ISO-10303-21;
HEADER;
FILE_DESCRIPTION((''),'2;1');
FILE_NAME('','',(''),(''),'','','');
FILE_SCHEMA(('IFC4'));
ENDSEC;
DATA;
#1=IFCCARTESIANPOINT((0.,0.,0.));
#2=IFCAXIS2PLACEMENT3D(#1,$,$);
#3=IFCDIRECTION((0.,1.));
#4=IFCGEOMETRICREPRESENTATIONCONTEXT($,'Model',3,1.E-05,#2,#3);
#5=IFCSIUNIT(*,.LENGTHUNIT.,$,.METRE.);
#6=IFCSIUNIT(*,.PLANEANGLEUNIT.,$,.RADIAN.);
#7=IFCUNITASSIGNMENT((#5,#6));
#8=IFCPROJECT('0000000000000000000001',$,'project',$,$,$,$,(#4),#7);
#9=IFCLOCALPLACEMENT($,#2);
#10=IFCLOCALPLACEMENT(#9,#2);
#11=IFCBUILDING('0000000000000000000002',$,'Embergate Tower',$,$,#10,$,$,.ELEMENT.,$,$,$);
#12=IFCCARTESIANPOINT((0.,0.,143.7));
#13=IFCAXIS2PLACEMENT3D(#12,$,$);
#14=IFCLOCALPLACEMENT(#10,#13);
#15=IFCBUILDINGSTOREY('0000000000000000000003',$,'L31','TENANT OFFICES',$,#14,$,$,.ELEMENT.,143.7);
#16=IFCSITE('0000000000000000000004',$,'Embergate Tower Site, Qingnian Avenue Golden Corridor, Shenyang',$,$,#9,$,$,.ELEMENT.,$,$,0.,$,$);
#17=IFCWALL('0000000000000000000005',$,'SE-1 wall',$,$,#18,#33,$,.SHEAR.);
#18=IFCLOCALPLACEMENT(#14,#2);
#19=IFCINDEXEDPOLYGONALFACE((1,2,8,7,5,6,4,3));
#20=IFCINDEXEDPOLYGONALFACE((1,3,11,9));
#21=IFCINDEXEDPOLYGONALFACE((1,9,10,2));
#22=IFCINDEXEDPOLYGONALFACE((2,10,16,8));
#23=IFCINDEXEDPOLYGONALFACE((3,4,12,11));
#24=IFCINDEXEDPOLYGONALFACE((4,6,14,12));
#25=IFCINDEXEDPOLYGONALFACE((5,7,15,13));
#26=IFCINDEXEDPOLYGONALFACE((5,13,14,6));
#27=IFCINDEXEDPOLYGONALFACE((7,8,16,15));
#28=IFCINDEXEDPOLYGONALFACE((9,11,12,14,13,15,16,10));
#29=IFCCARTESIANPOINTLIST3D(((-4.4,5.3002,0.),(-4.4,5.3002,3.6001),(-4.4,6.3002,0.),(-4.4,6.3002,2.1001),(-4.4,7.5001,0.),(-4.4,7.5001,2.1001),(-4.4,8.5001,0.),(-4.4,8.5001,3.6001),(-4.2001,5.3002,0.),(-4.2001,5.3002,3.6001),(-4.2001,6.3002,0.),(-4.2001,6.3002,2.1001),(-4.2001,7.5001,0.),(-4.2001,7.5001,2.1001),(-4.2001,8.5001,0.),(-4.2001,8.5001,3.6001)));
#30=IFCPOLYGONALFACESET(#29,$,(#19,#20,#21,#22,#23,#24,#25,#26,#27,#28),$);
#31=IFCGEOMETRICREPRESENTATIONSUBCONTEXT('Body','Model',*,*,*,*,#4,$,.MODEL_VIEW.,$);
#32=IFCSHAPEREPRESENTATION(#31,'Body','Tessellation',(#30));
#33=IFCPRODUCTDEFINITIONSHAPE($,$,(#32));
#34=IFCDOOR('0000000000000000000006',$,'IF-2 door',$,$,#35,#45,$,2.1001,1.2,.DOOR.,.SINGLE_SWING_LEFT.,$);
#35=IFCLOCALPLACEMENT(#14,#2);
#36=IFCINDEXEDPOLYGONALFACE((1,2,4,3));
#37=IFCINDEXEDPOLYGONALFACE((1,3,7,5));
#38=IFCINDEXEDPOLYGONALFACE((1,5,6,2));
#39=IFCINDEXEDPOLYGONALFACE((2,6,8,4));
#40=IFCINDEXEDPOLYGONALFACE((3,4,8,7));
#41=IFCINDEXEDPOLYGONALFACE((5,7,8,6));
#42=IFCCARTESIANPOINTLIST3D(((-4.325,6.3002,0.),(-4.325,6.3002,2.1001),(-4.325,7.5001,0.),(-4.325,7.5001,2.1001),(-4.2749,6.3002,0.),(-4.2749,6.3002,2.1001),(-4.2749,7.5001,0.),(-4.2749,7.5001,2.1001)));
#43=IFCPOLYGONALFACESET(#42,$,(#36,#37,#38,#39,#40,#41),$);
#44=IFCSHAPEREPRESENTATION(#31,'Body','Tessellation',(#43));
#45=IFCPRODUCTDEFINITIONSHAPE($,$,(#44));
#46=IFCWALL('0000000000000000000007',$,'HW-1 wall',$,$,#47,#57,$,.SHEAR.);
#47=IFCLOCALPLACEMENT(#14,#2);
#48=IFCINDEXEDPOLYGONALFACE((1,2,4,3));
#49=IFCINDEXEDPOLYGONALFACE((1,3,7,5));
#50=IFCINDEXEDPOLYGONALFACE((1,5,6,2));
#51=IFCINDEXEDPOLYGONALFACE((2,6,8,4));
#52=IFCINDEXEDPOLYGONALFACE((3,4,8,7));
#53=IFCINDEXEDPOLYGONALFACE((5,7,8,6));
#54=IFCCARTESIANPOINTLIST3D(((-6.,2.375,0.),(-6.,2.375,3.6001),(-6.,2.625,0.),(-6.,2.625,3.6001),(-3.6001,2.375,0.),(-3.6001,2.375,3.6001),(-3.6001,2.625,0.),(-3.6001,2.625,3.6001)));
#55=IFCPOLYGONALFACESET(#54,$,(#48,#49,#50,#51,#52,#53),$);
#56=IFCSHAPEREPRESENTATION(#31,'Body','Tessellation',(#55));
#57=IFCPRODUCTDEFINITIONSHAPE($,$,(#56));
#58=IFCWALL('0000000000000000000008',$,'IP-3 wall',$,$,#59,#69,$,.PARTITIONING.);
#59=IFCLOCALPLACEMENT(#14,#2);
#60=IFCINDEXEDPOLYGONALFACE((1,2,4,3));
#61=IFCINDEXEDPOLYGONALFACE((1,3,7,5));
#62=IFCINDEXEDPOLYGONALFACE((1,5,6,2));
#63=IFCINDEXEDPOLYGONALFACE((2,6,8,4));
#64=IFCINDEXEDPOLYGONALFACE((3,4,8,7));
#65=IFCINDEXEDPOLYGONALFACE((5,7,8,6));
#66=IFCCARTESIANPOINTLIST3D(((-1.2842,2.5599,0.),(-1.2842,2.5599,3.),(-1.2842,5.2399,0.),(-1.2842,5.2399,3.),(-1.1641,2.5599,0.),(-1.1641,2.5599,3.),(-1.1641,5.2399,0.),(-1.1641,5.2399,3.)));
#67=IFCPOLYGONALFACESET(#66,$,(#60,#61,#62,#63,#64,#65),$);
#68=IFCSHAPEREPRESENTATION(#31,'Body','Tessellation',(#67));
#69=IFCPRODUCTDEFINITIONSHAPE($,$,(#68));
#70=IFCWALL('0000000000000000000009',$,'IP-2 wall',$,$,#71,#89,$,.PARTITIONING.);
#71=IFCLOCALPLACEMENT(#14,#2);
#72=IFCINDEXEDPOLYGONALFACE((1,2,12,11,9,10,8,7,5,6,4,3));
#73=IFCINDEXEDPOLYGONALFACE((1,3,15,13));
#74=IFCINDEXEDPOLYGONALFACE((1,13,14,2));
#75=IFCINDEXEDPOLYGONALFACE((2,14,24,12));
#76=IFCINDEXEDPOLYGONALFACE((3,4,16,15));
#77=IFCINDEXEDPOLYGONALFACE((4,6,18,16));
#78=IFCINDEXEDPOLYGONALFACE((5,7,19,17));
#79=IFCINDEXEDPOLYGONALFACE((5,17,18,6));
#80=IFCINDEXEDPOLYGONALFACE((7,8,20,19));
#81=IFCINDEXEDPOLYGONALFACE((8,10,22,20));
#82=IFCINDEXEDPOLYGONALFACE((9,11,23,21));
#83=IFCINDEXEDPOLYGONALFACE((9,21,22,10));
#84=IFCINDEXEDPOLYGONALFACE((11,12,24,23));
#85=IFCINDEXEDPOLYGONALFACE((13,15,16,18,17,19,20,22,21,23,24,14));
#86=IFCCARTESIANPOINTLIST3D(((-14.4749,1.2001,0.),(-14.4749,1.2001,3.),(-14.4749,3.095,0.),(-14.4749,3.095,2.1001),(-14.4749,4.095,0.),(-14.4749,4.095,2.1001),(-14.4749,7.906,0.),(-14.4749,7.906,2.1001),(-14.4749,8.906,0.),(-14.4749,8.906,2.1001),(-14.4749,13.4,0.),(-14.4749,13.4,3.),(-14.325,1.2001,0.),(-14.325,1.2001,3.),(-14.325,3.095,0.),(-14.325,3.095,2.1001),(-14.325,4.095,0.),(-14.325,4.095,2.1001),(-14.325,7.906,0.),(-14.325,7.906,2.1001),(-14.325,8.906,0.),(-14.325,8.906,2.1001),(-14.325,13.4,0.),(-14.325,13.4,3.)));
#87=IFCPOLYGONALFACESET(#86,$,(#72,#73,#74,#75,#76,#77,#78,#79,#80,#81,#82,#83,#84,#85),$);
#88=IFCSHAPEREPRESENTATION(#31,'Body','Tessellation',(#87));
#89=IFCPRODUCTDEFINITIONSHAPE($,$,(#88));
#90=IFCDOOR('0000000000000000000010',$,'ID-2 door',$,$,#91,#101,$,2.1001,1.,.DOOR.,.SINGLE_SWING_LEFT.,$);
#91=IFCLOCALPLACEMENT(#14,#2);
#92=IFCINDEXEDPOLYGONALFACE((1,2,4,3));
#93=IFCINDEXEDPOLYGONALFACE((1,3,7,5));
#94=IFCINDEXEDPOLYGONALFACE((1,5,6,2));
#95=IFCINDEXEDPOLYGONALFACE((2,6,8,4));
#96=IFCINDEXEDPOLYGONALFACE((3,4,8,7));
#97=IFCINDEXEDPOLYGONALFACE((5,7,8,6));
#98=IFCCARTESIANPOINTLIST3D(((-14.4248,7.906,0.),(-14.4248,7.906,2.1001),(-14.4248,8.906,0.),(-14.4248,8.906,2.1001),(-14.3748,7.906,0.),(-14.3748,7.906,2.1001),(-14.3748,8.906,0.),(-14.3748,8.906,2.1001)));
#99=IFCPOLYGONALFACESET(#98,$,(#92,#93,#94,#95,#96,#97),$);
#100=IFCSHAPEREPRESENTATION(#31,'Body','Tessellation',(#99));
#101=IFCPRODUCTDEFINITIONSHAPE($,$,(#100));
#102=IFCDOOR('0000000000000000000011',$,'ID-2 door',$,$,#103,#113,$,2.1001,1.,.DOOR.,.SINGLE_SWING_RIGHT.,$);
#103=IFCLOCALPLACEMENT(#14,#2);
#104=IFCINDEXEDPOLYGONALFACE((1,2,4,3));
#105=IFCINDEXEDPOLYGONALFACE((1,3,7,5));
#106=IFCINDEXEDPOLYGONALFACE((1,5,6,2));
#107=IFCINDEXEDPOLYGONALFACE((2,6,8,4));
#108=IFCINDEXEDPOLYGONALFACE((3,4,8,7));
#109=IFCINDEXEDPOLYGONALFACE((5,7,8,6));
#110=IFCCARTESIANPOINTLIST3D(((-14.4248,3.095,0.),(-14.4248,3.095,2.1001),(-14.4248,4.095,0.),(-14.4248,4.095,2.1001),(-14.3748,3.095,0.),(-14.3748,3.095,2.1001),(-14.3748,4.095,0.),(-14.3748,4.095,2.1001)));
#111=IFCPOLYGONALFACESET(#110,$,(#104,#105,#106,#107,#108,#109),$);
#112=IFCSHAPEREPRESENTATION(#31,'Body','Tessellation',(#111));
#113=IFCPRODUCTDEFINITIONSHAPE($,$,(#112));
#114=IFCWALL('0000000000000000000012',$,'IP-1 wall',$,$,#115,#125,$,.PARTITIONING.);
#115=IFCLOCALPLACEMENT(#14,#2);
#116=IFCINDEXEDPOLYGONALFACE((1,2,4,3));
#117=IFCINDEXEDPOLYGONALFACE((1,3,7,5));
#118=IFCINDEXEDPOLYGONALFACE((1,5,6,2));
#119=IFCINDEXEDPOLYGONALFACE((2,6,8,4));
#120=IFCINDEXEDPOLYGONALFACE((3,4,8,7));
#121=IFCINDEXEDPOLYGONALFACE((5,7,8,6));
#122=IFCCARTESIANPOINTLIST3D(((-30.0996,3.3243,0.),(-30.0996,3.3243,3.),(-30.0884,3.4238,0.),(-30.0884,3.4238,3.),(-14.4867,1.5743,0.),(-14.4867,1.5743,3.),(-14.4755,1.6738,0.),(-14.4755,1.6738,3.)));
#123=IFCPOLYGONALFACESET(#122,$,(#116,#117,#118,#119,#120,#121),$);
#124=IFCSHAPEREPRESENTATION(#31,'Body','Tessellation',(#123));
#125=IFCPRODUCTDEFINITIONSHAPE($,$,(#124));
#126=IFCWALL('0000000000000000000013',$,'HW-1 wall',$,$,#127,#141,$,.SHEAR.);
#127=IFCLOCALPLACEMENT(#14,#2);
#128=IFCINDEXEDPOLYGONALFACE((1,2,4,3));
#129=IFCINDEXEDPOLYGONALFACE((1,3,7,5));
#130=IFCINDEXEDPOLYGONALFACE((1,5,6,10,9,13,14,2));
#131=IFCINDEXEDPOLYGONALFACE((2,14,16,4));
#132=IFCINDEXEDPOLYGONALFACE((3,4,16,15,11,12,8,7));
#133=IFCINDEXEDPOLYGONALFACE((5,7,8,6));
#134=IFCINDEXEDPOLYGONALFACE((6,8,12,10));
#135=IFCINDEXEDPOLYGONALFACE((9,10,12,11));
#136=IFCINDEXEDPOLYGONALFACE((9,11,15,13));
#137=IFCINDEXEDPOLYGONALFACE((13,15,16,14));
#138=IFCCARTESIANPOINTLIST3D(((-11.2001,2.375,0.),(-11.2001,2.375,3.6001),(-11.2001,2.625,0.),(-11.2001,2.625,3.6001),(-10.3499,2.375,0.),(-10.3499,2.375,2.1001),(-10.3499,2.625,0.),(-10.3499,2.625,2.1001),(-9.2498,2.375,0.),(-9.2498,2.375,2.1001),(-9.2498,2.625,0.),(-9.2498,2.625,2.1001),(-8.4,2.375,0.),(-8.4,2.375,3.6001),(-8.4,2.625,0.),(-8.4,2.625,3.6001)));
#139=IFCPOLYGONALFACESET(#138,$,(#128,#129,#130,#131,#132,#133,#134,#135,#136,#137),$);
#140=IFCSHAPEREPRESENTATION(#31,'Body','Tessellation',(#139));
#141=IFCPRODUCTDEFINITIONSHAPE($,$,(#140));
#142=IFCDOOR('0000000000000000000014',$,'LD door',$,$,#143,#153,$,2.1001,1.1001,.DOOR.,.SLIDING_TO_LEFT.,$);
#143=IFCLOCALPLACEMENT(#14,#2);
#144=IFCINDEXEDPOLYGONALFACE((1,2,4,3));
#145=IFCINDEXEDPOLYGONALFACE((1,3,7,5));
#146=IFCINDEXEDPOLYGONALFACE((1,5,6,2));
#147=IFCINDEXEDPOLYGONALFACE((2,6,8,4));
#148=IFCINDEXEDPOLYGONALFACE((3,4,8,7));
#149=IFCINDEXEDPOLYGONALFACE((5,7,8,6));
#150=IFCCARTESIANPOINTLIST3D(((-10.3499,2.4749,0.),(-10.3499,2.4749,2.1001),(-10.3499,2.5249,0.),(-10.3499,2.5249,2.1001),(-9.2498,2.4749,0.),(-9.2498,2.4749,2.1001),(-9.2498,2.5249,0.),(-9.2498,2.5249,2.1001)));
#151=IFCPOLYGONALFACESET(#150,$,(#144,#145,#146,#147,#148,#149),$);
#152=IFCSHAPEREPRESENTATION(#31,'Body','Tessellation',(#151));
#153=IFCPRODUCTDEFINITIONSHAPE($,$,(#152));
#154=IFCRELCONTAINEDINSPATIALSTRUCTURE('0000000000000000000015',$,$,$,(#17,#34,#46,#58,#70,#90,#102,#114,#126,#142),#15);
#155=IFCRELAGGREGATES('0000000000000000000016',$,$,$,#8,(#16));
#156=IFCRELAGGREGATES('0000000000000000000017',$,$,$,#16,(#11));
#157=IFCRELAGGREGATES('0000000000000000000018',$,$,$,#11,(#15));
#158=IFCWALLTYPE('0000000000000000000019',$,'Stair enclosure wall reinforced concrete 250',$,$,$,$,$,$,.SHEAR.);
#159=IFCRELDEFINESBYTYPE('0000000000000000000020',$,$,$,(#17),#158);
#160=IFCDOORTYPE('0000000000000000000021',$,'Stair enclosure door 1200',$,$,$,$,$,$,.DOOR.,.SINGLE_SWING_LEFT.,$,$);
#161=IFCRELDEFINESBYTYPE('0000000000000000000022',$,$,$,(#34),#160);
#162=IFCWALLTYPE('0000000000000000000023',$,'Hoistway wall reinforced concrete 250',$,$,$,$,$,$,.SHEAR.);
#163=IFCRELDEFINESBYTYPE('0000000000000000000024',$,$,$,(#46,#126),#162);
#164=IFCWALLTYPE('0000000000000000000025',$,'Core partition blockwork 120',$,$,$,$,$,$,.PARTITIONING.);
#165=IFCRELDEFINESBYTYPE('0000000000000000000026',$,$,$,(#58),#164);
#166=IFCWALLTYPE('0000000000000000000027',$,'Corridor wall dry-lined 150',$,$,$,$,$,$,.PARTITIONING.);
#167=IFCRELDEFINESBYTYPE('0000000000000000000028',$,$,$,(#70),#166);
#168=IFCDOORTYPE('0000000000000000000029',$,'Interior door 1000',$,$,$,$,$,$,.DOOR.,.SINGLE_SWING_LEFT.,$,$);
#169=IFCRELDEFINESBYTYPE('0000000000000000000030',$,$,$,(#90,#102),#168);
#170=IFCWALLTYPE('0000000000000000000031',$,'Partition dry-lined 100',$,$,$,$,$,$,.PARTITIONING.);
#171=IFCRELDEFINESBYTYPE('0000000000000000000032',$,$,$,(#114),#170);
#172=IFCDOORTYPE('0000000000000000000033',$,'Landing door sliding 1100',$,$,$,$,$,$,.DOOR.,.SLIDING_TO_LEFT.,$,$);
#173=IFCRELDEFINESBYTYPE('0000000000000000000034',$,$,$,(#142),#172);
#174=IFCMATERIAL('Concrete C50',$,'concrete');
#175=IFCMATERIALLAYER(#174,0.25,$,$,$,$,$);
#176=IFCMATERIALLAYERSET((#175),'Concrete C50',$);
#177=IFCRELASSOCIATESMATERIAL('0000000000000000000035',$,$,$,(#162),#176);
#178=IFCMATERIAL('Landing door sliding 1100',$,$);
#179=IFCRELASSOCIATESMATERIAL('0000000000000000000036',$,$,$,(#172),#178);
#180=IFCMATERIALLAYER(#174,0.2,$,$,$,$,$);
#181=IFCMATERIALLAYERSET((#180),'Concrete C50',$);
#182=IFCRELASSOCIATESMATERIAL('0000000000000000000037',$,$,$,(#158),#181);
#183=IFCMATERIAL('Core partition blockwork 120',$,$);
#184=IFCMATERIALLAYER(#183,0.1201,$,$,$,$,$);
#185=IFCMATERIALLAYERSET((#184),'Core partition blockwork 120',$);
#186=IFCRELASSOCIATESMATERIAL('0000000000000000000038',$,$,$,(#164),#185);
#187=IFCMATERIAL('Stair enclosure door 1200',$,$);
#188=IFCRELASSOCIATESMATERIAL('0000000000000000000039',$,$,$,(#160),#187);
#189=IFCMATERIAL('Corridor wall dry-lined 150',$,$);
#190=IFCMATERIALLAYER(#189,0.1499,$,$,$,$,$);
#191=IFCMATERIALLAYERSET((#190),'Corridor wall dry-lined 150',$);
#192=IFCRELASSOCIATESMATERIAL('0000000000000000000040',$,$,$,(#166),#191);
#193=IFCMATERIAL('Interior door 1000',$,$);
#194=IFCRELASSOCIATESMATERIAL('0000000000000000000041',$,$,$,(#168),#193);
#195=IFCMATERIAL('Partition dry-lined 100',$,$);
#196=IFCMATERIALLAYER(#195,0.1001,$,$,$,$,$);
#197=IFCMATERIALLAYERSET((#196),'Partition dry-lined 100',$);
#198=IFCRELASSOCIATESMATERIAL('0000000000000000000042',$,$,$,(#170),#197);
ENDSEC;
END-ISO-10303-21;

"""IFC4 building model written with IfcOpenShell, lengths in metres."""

from ifc_helpers import new_model, si_unit, direction, frame, frame_2d, origin, place, context, subcontext, project, spatial, rectangle, extrude, source, transform, mapped, material, layer, layer_set, type_object, element, fill, save


model = new_model("IFC4")

# Units and contexts
model_context = context("Model", 3, precision=1e-05, world=origin(), true_north=direction((0.0, 1.0)))
body_context = subcontext(model_context, "Body", "Model", "MODEL_VIEW")
ifc_project = project(units=[si_unit("LENGTHUNIT", "METRE"), si_unit("PLANEANGLEUNIT", "RADIAN")], contexts=[model_context])

# Site, building, storey
site_placement = place(None, origin())
site = spatial("IfcSite", under=ifc_project, at=site_placement, Name="Embergate Tower Site, Qingnian Avenue Golden Corridor, Shenyang", CompositionType="ELEMENT", RefElevation=0.0)
building_placement = place(site_placement, origin())
building = spatial("IfcBuilding", under=site, at=building_placement, Name="Embergate Tower", CompositionType="ELEMENT")
storey_placement = place(building_placement, frame((0.0, 0.0, 143.7)))
storey = spatial("IfcBuildingStorey", under=building, at=storey_placement, Name="L31", Description="TENANT OFFICES", CompositionType="ELEMENT", Elevation=143.7)

# Shared definitions
ifc_material_1 = material(Name="Concrete C50", Category="concrete")
ifc_layer_1 = layer(ifc_material_1, 0.25)
ifc_layer_set_1 = layer_set([ifc_layer_1], Name="Concrete C50")
wall_type_1 = type_object("IfcWallType", Name="Hoistway wall reinforced concrete 250", PredefinedType="SHEAR", material=ifc_layer_set_1)

# Shared definitions
shared_shape_1 = source(origin(), body_context, "Body", "SweptSolid", [
    extrude(rectangle(XDim=1.1001, YDim=2.1001, at=frame_2d((0.55, 1.05))), frame((0.0, 0.135, 0.0), z_axis=(0.0, -1.0, 0.0), x_axis=(1.0, 0.0, 0.0)), (0.0, 0.0, 1.0), 0.27),
])
ifc_material_2 = material(Name="Landing door sliding 1100")
door_type_1 = type_object("IfcDoorType", Name="Landing door sliding 1100", OperationType="SLIDING_TO_LEFT", PredefinedType="DOOR", material=ifc_material_2)
shared_shape_2 = source(origin(), body_context, "Body", "SweptSolid", [
    extrude(rectangle(XDim=1.1001, YDim=2.1001, at=frame_2d((0.55, 1.05))), frame((0.0, 0.0249, 0.0), z_axis=(0.0, -1.0, 0.0), x_axis=(1.0, 0.0, 0.0)), (0.0, 0.0, 1.0), 0.05),
])

# Shared definitions
ifc_layer_2 = layer(ifc_material_1, 0.2)
ifc_layer_set_2 = layer_set([ifc_layer_2], Name="Concrete C50")
wall_type_2 = type_object("IfcWallType", Name="Stair enclosure wall reinforced concrete 250", PredefinedType="SHEAR", material=ifc_layer_set_2)

# Wall, opening, door
ifc_material_3 = material(Name="Core partition blockwork 120")
ifc_layer_3 = layer(ifc_material_3, 0.1201)
ifc_layer_set_3 = layer_set([ifc_layer_3], Name="Core partition blockwork 120")
wall_type_3 = type_object("IfcWallType", Name="Core partition blockwork 120", PredefinedType="PARTITIONING", material=ifc_layer_set_3)
shared_shape_3 = source(origin(), body_context, "Body", "SweptSolid", [
    extrude(rectangle(XDim=3.2, YDim=0.2, at=frame_2d((1.6001, 0.0))), origin(), (0.0, 0.0, 1.0), 3.6001),
])
wall_1_placement = place(storey_placement, frame((-4.3, 5.3, 0.0), z_axis=(0.0, 0.0, 1.0), x_axis=(0.0, 1.0, 0.0)))
wall_1 = element("IfcWall", 1, at=wall_1_placement, inside=storey, type_object=wall_type_2, Name="SE-1 wall", PredefinedType="SHEAR", context=body_context, shape_type="MappedRepresentation", body=[
    mapped(shared_shape_3, transform((0.0, 0.0, 0.0))),
])
shared_shape_4 = source(origin(), body_context, "Body", "SweptSolid", [
    extrude(rectangle(XDim=1.2, YDim=2.1001, at=frame_2d((0.6001, 1.05))), frame((0.0, 0.1099, 0.0), z_axis=(0.0, -1.0, 0.0), x_axis=(1.0, 0.0, 0.0)), (0.0, 0.0, 1.0), 0.22),
])
opening_1_placement = place(wall_1_placement, frame((1.0, 0.0, 0.0)))
opening_1 = element("IfcOpeningElement", 2, at=opening_1_placement, cuts=wall_1, PredefinedType="OPENING", context=body_context, shape_type="MappedRepresentation", body=[
    mapped(shared_shape_4, transform((0.0, 0.0, 0.0))),
])
ifc_material_4 = material(Name="Stair enclosure door 1200")
door_type_2 = type_object("IfcDoorType", Name="Stair enclosure door 1200", OperationType="SINGLE_SWING_LEFT", PredefinedType="DOOR", material=ifc_material_4)
shared_shape_5 = source(origin(), body_context, "Body", "SweptSolid", [
    extrude(rectangle(XDim=1.2, YDim=2.1001, at=frame_2d((0.6001, 1.05))), frame((0.0, 0.0249, 0.0), z_axis=(0.0, -1.0, 0.0), x_axis=(1.0, 0.0, 0.0)), (0.0, 0.0, 1.0), 0.05),
])
door_1_placement = place(opening_1_placement, origin())
door_1 = element("IfcDoor", 3, at=door_1_placement, inside=storey, type_object=door_type_2, Name="IF-2 door", OperationType="SINGLE_SWING_LEFT", OverallHeight=2.1001, OverallWidth=1.2, PredefinedType="DOOR", context=body_context, shape_type="MappedRepresentation", body=[
    mapped(shared_shape_5, transform((0.0, 0.0, 0.0))),
])
fill(opening_1, door_1)

# Walls
shared_shape_6 = source(origin(), body_context, "Body", "SweptSolid", [
    extrude(rectangle(XDim=2.3999, YDim=0.25, at=frame_2d((1.2, 0.0))), origin(), (0.0, 0.0, 1.0), 3.6001),
])
wall_2_placement = place(storey_placement, frame((-6.0, 2.5, 0.0), z_axis=(0.0, 0.0, 1.0), x_axis=(1.0, 0.0, 0.0)))
element("IfcWall", 4, at=wall_2_placement, inside=storey, type_object=wall_type_1, Name="HW-1 wall", PredefinedType="SHEAR", context=body_context, shape_type="MappedRepresentation", body=[
    mapped(shared_shape_6, transform((0.0, 0.0, 0.0))),
])
shared_shape_7 = source(origin(), body_context, "Body", "SweptSolid", [
    extrude(rectangle(XDim=2.6799, YDim=0.1201, at=frame_2d((1.3398, 0.0))), origin(), (0.0, 0.0, 1.0), 3.0),
])
wall_3_placement = place(storey_placement, frame((-1.2241, 2.5601, 0.0), z_axis=(0.0, 0.0, 1.0), x_axis=(0.0, 1.0, 0.0)))
element("IfcWall", 5, at=wall_3_placement, inside=storey, type_object=wall_type_3, Name="IP-3 wall", PredefinedType="PARTITIONING", context=body_context, shape_type="MappedRepresentation", body=[
    mapped(shared_shape_7, transform((0.0, 0.0, 0.0))),
])

# Wall, openings, doors
ifc_material_5 = material(Name="Corridor wall dry-lined 150")
ifc_layer_4 = layer(ifc_material_5, 0.1499)
ifc_layer_set_4 = layer_set([ifc_layer_4], Name="Corridor wall dry-lined 150")
wall_type_4 = type_object("IfcWallType", Name="Corridor wall dry-lined 150", PredefinedType="PARTITIONING", material=ifc_layer_set_4)
shared_shape_8 = source(origin(), body_context, "Body", "SweptSolid", [
    extrude(rectangle(XDim=12.2, YDim=0.1499, at=frame_2d((6.1001, 0.0))), origin(), (0.0, 0.0, 1.0), 3.0),
])
wall_4_placement = place(storey_placement, frame((-14.3999, 1.2, 0.0), z_axis=(0.0, 0.0, 1.0), x_axis=(0.0, 1.0, 0.0)))
wall_4 = element("IfcWall", 6, at=wall_4_placement, inside=storey, type_object=wall_type_4, Name="IP-2 wall", PredefinedType="PARTITIONING", context=body_context, shape_type="MappedRepresentation", body=[
    mapped(shared_shape_8, transform((0.0, 0.0, 0.0))),
])
shared_shape_9 = source(origin(), body_context, "Body", "SweptSolid", [
    extrude(rectangle(XDim=1.0, YDim=2.1001, at=frame_2d((0.5, 1.05))), frame((0.0, 0.085, 0.0), z_axis=(0.0, -1.0, 0.0), x_axis=(1.0, 0.0, 0.0)), (0.0, 0.0, 1.0), 0.1699),
])
opening_2_placement = place(wall_4_placement, frame((6.7061, 0.0, 0.0)))
opening_2 = element("IfcOpeningElement", 7, at=opening_2_placement, cuts=wall_4, PredefinedType="OPENING", context=body_context, shape_type="MappedRepresentation", body=[
    mapped(shared_shape_9, transform((0.0, 0.0, 0.0))),
])
opening_3_placement = place(wall_4_placement, frame((1.895, 0.0, 0.0)))
opening_3 = element("IfcOpeningElement", 8, at=opening_3_placement, cuts=wall_4, PredefinedType="OPENING", context=body_context, shape_type="MappedRepresentation", body=[
    mapped(shared_shape_9, transform((0.0, 0.0, 0.0))),
])
ifc_material_6 = material(Name="Interior door 1000")
door_type_3 = type_object("IfcDoorType", Name="Interior door 1000", OperationType="SINGLE_SWING_LEFT", PredefinedType="DOOR", material=ifc_material_6)
shared_shape_10 = source(origin(), body_context, "Body", "SweptSolid", [
    extrude(rectangle(XDim=1.0, YDim=2.1001, at=frame_2d((0.5, 1.05))), frame((0.0, 0.0249, 0.0), z_axis=(0.0, -1.0, 0.0), x_axis=(1.0, 0.0, 0.0)), (0.0, 0.0, 1.0), 0.05),
])
door_2_placement = place(opening_2_placement, origin())
door_2 = element("IfcDoor", 9, at=door_2_placement, inside=storey, type_object=door_type_3, Name="ID-2 door", OperationType="SINGLE_SWING_LEFT", OverallHeight=2.1001, OverallWidth=1.0, PredefinedType="DOOR", context=body_context, shape_type="MappedRepresentation", body=[
    mapped(shared_shape_10, transform((0.0, 0.0, 0.0))),
])
fill(opening_2, door_2)
door_3_placement = place(opening_3_placement, origin())
door_3 = element("IfcDoor", 10, at=door_3_placement, inside=storey, type_object=door_type_3, Name="ID-2 door", OperationType="SINGLE_SWING_RIGHT", OverallHeight=2.1001, OverallWidth=1.0, PredefinedType="DOOR", context=body_context, shape_type="MappedRepresentation", body=[
    mapped(shared_shape_10, transform((0.0, 0.0, 0.0))),
])
fill(opening_3, door_3)

# Wall
ifc_material_7 = material(Name="Partition dry-lined 100")
ifc_layer_5 = layer(ifc_material_7, 0.1001)
ifc_layer_set_5 = layer_set([ifc_layer_5], Name="Partition dry-lined 100")
wall_type_5 = type_object("IfcWallType", Name="Partition dry-lined 100", PredefinedType="PARTITIONING", material=ifc_layer_set_5)
shared_shape_11 = source(origin(), body_context, "Body", "SweptSolid", [
    extrude(rectangle(XDim=15.7107, YDim=0.1001, at=frame_2d((7.8555, 0.0))), origin(), (0.0, 0.0, 1.0), 3.0),
])
wall_5_placement = place(storey_placement, frame((-14.481, 1.624, 0.0), z_axis=(0.0, 0.0, 1.0), x_axis=(-0.993777, 0.111388, 0.0)))
element("IfcWall", 11, at=wall_5_placement, inside=storey, type_object=wall_type_5, Name="IP-1 wall", PredefinedType="PARTITIONING", context=body_context, shape_type="MappedRepresentation", body=[
    mapped(shared_shape_11, transform((0.0, 0.0, 0.0))),
])

# Wall, opening, door
shared_shape_12 = source(origin(), body_context, "Body", "SweptSolid", [
    extrude(rectangle(XDim=2.8, YDim=0.25, at=frame_2d((1.3999, 0.0))), origin(), (0.0, 0.0, 1.0), 3.6001),
])
wall_6_placement = place(storey_placement, frame((-11.2, 2.5, 0.0), z_axis=(0.0, 0.0, 1.0), x_axis=(1.0, 0.0, 0.0)))
wall_6 = element("IfcWall", 12, at=wall_6_placement, inside=storey, type_object=wall_type_1, Name="HW-1 wall", PredefinedType="SHEAR", context=body_context, shape_type="MappedRepresentation", body=[
    mapped(shared_shape_12, transform((0.0, 0.0, 0.0))),
])
opening_4_placement = place(wall_6_placement, frame((0.8501, 0.0, 0.0)))
opening_4 = element("IfcOpeningElement", 13, at=opening_4_placement, cuts=wall_6, PredefinedType="OPENING", context=body_context, shape_type="MappedRepresentation", body=[
    mapped(shared_shape_1, transform((0.0, 0.0, 0.0))),
])
door_4_placement = place(opening_4_placement, origin())
door_4 = element("IfcDoor", 14, at=door_4_placement, inside=storey, type_object=door_type_1, Name="LD door", OperationType="SLIDING_TO_LEFT", OverallHeight=2.1001, OverallWidth=1.1001, PredefinedType="DOOR", context=body_context, shape_type="MappedRepresentation", body=[
    mapped(shared_shape_2, transform((0.0, 0.0, 0.0))),
])
fill(opening_4, door_4)

save(model, "model.ifc")
